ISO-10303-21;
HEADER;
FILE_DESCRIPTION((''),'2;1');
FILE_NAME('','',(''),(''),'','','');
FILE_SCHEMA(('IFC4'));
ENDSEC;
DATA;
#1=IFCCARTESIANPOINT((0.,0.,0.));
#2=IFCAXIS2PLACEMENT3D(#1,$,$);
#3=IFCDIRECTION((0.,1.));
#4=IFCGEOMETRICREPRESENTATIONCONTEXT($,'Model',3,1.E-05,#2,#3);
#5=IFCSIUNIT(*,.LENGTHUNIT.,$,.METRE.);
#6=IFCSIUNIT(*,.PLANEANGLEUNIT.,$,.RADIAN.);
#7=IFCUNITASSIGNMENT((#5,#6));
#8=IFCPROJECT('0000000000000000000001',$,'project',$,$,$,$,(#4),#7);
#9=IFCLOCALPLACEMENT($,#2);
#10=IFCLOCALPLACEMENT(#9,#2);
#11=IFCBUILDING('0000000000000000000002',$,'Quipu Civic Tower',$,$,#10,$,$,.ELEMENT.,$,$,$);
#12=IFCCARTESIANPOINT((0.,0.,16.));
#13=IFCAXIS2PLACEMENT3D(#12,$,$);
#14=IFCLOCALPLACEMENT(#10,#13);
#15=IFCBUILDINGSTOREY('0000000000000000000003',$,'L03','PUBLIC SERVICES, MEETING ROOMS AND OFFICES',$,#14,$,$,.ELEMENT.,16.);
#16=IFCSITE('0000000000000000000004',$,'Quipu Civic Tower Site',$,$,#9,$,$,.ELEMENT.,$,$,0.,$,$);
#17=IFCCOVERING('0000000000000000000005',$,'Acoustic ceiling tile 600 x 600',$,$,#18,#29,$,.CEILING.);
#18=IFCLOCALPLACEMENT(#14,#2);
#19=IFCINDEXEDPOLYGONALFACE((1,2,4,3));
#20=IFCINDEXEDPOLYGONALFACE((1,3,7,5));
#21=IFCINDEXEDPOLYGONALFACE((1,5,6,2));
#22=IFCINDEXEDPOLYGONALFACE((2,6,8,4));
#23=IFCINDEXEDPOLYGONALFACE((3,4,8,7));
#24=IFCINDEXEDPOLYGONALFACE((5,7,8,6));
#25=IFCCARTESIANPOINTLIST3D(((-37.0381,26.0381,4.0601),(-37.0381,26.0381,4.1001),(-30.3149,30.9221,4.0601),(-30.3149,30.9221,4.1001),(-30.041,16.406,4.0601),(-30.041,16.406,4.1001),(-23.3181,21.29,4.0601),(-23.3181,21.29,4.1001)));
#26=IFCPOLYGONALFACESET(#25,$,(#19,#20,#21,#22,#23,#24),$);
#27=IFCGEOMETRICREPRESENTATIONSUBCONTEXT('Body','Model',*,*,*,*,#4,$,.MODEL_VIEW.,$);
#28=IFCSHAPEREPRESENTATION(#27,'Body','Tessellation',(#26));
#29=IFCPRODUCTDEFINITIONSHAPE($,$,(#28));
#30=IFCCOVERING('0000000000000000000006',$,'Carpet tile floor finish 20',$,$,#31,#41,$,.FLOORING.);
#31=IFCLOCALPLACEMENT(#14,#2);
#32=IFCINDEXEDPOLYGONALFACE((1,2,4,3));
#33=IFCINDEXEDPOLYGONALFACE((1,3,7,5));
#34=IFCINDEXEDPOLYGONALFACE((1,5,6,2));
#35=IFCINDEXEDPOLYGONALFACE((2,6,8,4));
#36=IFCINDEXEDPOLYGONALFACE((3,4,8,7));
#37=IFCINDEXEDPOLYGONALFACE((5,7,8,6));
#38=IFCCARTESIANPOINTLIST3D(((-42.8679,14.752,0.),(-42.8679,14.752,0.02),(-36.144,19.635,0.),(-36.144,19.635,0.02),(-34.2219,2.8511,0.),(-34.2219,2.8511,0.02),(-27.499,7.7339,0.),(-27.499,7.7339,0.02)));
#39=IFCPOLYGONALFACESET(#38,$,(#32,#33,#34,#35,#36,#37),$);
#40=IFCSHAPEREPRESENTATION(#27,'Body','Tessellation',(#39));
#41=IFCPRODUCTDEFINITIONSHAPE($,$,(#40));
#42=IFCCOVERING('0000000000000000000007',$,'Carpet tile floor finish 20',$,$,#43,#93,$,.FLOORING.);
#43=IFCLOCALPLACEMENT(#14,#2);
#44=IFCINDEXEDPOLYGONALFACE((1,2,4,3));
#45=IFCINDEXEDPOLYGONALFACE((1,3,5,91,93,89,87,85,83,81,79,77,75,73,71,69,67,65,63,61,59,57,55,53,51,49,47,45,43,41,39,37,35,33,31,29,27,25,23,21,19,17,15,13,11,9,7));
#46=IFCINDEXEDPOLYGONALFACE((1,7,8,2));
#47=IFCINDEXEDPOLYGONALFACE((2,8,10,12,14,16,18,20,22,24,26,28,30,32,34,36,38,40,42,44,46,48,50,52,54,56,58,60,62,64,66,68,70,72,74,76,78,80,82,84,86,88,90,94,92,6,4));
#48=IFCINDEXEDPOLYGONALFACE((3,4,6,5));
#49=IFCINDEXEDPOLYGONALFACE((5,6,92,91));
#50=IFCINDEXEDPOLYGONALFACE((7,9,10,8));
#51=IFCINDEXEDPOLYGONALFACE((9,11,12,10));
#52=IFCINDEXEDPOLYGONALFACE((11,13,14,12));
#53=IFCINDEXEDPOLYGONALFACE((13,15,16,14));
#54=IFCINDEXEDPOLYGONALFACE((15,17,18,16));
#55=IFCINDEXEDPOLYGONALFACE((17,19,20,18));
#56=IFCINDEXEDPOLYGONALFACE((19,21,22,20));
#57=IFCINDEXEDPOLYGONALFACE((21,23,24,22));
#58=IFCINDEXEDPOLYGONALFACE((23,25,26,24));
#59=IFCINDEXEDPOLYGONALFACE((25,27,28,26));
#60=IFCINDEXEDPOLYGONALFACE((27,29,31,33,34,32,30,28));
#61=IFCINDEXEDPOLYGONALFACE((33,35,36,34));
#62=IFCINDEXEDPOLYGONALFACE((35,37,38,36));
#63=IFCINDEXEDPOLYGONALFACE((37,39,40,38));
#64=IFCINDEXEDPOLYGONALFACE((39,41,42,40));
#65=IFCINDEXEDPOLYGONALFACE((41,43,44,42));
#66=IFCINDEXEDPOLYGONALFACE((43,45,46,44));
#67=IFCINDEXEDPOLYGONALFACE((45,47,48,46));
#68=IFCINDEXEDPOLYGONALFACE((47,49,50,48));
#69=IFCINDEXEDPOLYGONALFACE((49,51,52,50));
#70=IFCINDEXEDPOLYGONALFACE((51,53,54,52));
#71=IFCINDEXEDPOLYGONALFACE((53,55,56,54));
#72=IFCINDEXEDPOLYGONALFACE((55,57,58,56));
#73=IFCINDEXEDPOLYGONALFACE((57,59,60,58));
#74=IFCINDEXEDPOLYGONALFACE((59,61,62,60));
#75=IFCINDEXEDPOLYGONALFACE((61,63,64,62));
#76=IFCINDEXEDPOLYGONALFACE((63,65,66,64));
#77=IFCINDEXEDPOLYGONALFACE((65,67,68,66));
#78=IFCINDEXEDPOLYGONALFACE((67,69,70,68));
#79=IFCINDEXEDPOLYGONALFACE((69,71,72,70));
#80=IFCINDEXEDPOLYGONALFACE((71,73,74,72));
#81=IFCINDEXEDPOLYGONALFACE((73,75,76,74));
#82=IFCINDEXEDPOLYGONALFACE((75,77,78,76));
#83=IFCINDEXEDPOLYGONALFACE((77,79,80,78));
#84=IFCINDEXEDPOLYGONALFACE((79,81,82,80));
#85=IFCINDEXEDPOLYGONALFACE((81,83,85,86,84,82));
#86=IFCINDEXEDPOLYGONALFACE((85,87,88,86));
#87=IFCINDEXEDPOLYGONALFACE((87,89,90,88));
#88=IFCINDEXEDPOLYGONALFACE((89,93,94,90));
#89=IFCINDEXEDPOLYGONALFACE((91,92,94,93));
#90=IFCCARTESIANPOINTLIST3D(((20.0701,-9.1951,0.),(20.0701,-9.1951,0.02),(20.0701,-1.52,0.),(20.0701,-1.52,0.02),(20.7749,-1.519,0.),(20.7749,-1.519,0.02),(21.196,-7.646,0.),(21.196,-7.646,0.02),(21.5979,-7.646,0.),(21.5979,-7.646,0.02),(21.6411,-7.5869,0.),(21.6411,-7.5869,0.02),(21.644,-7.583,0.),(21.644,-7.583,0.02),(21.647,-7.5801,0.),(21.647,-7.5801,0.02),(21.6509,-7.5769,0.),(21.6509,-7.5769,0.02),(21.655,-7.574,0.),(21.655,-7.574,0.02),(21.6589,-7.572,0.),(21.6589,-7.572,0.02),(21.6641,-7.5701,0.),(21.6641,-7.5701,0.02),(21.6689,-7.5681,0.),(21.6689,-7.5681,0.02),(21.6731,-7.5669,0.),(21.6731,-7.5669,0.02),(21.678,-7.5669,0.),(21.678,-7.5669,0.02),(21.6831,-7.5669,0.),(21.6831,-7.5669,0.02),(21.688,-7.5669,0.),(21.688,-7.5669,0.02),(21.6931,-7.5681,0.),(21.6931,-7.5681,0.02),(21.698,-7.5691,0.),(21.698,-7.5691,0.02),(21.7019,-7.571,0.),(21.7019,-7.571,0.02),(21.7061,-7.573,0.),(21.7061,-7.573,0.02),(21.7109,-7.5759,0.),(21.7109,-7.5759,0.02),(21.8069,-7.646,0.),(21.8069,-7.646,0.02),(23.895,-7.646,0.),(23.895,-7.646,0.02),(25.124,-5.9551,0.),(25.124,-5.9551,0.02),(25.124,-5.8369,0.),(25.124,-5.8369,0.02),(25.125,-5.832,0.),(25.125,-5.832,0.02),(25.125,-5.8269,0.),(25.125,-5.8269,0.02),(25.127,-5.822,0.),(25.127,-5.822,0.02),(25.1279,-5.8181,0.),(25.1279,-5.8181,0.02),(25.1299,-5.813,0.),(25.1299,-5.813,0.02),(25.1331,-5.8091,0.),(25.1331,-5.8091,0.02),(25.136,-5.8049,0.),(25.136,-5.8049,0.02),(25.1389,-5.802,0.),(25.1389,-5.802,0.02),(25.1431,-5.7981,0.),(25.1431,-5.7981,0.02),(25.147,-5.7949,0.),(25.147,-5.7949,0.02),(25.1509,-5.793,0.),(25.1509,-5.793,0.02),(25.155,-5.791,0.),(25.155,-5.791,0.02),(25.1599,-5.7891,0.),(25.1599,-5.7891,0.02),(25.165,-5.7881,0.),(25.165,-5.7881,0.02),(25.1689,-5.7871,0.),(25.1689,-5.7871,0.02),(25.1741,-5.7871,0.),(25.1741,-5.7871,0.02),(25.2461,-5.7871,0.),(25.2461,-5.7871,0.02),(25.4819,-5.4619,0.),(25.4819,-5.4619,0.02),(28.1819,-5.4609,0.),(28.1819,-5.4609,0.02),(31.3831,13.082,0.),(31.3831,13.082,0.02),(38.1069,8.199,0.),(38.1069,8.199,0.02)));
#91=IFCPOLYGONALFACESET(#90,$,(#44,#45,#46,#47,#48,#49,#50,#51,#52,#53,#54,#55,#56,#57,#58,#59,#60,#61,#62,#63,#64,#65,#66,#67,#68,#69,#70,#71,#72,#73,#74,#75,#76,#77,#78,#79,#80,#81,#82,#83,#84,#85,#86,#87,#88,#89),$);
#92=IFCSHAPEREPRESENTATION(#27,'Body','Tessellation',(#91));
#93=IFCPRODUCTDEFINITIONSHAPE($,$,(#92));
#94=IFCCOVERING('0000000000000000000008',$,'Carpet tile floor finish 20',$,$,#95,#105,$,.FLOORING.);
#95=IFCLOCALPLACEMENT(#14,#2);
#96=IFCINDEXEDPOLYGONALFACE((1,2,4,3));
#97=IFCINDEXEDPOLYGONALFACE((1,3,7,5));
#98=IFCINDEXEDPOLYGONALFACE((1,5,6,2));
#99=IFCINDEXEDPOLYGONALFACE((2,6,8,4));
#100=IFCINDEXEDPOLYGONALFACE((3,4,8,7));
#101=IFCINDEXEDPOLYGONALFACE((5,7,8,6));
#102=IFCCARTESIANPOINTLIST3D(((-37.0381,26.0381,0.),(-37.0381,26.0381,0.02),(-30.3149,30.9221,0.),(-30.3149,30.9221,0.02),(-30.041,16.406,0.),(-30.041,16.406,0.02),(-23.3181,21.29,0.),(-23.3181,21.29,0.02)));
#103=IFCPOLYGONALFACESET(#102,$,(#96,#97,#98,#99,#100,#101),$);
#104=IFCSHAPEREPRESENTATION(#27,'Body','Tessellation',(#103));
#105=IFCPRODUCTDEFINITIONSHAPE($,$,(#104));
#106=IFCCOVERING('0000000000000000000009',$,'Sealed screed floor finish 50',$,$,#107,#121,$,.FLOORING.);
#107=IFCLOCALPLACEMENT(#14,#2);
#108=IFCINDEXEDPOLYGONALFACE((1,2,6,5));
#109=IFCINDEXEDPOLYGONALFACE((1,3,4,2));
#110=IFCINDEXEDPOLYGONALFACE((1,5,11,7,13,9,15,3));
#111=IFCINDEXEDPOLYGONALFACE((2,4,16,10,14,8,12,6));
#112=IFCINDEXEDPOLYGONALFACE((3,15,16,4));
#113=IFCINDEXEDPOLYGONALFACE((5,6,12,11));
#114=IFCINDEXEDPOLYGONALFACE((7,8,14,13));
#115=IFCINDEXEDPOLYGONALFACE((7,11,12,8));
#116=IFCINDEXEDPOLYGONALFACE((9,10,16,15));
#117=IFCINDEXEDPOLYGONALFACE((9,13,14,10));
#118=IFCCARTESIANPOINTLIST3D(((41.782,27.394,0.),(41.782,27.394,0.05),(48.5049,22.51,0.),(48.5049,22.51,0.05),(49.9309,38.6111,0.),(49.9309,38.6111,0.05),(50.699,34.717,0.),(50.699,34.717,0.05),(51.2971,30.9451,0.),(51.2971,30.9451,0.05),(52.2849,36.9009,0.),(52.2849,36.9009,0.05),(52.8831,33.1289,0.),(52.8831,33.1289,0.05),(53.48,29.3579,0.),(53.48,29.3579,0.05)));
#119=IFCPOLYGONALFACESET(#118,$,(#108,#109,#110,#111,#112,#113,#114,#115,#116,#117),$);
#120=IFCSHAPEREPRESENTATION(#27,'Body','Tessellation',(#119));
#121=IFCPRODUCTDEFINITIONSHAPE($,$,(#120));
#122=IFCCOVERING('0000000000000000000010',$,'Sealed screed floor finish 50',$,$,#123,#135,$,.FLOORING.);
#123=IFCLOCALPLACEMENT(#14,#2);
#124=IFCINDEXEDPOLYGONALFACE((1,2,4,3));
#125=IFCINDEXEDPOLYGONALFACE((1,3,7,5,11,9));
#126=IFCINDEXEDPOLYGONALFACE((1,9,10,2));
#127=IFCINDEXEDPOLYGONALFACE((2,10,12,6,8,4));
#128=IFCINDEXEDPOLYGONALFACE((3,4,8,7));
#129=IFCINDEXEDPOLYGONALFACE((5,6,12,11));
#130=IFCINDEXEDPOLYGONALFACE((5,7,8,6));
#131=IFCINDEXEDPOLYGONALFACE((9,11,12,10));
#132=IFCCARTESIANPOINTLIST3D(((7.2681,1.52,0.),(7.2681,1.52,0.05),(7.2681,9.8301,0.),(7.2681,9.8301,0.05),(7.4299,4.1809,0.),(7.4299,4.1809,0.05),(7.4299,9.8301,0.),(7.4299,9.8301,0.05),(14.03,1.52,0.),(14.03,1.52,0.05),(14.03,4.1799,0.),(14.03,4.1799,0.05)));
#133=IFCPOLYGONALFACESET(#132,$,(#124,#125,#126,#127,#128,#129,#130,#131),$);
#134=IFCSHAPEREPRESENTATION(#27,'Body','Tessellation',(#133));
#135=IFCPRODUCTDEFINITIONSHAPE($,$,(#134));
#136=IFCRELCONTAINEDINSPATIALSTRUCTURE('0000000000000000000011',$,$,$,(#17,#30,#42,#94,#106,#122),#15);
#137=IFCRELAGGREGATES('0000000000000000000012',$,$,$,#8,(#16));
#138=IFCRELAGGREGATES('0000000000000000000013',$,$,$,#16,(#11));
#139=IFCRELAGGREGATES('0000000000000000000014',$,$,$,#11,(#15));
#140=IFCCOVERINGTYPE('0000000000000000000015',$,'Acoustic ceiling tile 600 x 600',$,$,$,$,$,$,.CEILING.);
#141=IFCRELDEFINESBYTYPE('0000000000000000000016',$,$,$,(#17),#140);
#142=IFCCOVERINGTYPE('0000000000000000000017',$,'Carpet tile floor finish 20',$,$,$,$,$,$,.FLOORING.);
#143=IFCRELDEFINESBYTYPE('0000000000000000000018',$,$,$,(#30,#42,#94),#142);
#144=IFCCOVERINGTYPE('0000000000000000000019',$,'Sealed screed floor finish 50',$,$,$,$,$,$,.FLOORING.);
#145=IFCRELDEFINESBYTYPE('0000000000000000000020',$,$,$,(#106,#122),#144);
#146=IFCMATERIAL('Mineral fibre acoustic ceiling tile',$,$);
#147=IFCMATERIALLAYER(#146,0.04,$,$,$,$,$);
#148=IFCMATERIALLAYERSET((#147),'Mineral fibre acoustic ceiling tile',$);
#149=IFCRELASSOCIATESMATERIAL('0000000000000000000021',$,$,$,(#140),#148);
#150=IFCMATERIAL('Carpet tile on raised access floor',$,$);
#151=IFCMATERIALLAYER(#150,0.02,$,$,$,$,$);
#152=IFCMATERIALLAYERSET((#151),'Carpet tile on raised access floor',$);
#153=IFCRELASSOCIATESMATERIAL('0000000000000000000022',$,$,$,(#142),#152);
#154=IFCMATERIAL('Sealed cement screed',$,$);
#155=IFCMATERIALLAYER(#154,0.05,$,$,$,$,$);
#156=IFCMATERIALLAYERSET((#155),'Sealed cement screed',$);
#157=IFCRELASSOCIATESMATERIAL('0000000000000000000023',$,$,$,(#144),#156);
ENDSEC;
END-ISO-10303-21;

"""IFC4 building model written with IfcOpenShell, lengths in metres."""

from ifc_helpers import new_model, si_unit, direction, frame, origin, place, context, subcontext, project, spatial, polyline, outline, extrude, material, layer, layer_set, type_object, element, save


model = new_model("IFC4")

# Units and contexts
model_context = context("Model", 3, precision=1e-05, world=origin(), true_north=direction((0.0, 1.0)))
body_context = subcontext(model_context, "Body", "Model", "MODEL_VIEW")
ifc_project = project(units=[si_unit("LENGTHUNIT", "METRE"), si_unit("PLANEANGLEUNIT", "RADIAN")], contexts=[model_context])

# Site, building, storey
site_placement = place(None, origin())
site = spatial("IfcSite", under=ifc_project, at=site_placement, Name="Quipu Civic Tower Site", CompositionType="ELEMENT", RefElevation=0.0)
building_placement = place(site_placement, origin())
building = spatial("IfcBuilding", under=site, at=building_placement, Name="Quipu Civic Tower", CompositionType="ELEMENT")
storey_placement = place(building_placement, frame((0.0, 0.0, 16.0)))
storey = spatial("IfcBuildingStorey", under=building, at=storey_placement, Name="L03", Description="PUBLIC SERVICES, MEETING ROOMS AND OFFICES", CompositionType="ELEMENT", Elevation=16.0)

# Coverings
ifc_material_1 = material(Name="Mineral fibre acoustic ceiling tile")
ifc_layer_1 = layer(ifc_material_1, 0.04)
ifc_layer_set_1 = layer_set([ifc_layer_1], Name="Mineral fibre acoustic ceiling tile")
covering_type_1 = type_object("IfcCoveringType", Name="Acoustic ceiling tile 600 x 600", PredefinedType="CEILING", material=ifc_layer_set_1)
covering_1_placement = place(storey_placement, frame((0.0, 0.0, 4.0601)))
element("IfcCovering", 1, at=covering_1_placement, inside=storey, type_object=covering_type_1, Name="Acoustic ceiling tile 600 x 600", PredefinedType="CEILING", context=body_context, shape_type="SweptSolid", body=[
    extrude(outline(polyline([(-37.0381, 26.0381), (-30.3149, 30.9221), (-23.3181, 21.29), (-30.041, 16.406), (-37.0381, 26.0381)])), origin(), (0.0, 0.0, 1.0), 0.04),
])
ifc_material_2 = material(Name="Carpet tile on raised access floor")
ifc_layer_2 = layer(ifc_material_2, 0.02)
ifc_layer_set_2 = layer_set([ifc_layer_2], Name="Carpet tile on raised access floor")
covering_type_2 = type_object("IfcCoveringType", Name="Carpet tile floor finish 20", PredefinedType="FLOORING", material=ifc_layer_set_2)
covering_2_placement = place(storey_placement, origin())
element("IfcCovering", 2, at=covering_2_placement, inside=storey, type_object=covering_type_2, Name="Carpet tile floor finish 20", PredefinedType="FLOORING", context=body_context, shape_type="SweptSolid", body=[
    extrude(outline(polyline([(-42.8679, 14.752), (-36.144, 19.635), (-27.499, 7.7339), (-34.2219, 2.8511), (-42.8679, 14.752)])), origin(), (0.0, 0.0, 1.0), 0.02),
])
covering_3_placement = place(storey_placement, origin())
element("IfcCovering", 3, at=covering_3_placement, inside=storey, type_object=covering_type_2, Name="Carpet tile floor finish 20", PredefinedType="FLOORING", context=body_context, shape_type="SweptSolid", body=[
    extrude(outline(polyline([(20.0701, -9.1951), (20.0701, -1.52), (20.7749, -1.519), (31.3831, 13.082), (38.1069, 8.199), (28.1819, -5.4609), (25.4819, -5.4619), (25.2461, -5.7871), (25.1741, -5.7871), (25.1689, -5.7871), (25.165, -5.7881), (25.1599, -5.7891), (25.155, -5.791), (25.1509, -5.793), (25.147, -5.7949), (25.1431, -5.7981), (25.1389, -5.802), (25.136, -5.8049), (25.1331, -5.8091), (25.1299, -5.813), (25.1279, -5.8181), (25.127, -5.822), (25.125, -5.8269), (25.125, -5.832), (25.124, -5.8369), (25.124, -5.9551), (23.895, -7.646), (21.8069, -7.646), (21.7109, -7.5759), (21.7061, -7.573), (21.7019, -7.571), (21.698, -7.5691), (21.6931, -7.5681), (21.688, -7.5669), (21.6831, -7.5669), (21.678, -7.5669), (21.6731, -7.5669), (21.6689, -7.5681), (21.6641, -7.5701), (21.6589, -7.572), (21.655, -7.574), (21.6509, -7.5769), (21.647, -7.5801), (21.644, -7.583), (21.6411, -7.5869), (21.5979, -7.646), (21.196, -7.646), (20.0701, -9.1951)])), origin(), (0.0, 0.0, 1.0), 0.02),
])
covering_4_placement = place(storey_placement, origin())
element("IfcCovering", 4, at=covering_4_placement, inside=storey, type_object=covering_type_2, Name="Carpet tile floor finish 20", PredefinedType="FLOORING", context=body_context, shape_type="SweptSolid", body=[
    extrude(outline(polyline([(-37.0381, 26.0381), (-30.3149, 30.9221), (-23.3181, 21.29), (-30.041, 16.406), (-37.0381, 26.0381)])), origin(), (0.0, 0.0, 1.0), 0.02),
])
ifc_material_3 = material(Name="Sealed cement screed")
ifc_layer_3 = layer(ifc_material_3, 0.05)
ifc_layer_set_3 = layer_set([ifc_layer_3], Name="Sealed cement screed")
covering_type_3 = type_object("IfcCoveringType", Name="Sealed screed floor finish 50", PredefinedType="FLOORING", material=ifc_layer_set_3)
covering_5_placement = place(storey_placement, origin())
element("IfcCovering", 5, at=covering_5_placement, inside=storey, type_object=covering_type_3, Name="Sealed screed floor finish 50", PredefinedType="FLOORING", context=body_context, shape_type="SweptSolid", body=[
    extrude(outline(polyline([(41.782, 27.394), (49.9309, 38.6111), (52.2849, 36.9009), (50.699, 34.717), (52.8831, 33.1289), (51.2971, 30.9451), (53.48, 29.3579), (48.5049, 22.51), (41.782, 27.394)])), origin(), (0.0, 0.0, 1.0), 0.05),
])
covering_6_placement = place(storey_placement, origin())
element("IfcCovering", 6, at=covering_6_placement, inside=storey, type_object=covering_type_3, Name="Sealed screed floor finish 50", PredefinedType="FLOORING", context=body_context, shape_type="SweptSolid", body=[
    extrude(outline(polyline([(7.2681, 1.52), (7.2681, 9.8301), (7.4299, 9.8301), (7.4299, 4.1809), (14.03, 4.1799), (14.03, 1.52), (7.2681, 1.52)])), origin(), (0.0, 0.0, 1.0), 0.05),
])

save(model, "model.ifc")
